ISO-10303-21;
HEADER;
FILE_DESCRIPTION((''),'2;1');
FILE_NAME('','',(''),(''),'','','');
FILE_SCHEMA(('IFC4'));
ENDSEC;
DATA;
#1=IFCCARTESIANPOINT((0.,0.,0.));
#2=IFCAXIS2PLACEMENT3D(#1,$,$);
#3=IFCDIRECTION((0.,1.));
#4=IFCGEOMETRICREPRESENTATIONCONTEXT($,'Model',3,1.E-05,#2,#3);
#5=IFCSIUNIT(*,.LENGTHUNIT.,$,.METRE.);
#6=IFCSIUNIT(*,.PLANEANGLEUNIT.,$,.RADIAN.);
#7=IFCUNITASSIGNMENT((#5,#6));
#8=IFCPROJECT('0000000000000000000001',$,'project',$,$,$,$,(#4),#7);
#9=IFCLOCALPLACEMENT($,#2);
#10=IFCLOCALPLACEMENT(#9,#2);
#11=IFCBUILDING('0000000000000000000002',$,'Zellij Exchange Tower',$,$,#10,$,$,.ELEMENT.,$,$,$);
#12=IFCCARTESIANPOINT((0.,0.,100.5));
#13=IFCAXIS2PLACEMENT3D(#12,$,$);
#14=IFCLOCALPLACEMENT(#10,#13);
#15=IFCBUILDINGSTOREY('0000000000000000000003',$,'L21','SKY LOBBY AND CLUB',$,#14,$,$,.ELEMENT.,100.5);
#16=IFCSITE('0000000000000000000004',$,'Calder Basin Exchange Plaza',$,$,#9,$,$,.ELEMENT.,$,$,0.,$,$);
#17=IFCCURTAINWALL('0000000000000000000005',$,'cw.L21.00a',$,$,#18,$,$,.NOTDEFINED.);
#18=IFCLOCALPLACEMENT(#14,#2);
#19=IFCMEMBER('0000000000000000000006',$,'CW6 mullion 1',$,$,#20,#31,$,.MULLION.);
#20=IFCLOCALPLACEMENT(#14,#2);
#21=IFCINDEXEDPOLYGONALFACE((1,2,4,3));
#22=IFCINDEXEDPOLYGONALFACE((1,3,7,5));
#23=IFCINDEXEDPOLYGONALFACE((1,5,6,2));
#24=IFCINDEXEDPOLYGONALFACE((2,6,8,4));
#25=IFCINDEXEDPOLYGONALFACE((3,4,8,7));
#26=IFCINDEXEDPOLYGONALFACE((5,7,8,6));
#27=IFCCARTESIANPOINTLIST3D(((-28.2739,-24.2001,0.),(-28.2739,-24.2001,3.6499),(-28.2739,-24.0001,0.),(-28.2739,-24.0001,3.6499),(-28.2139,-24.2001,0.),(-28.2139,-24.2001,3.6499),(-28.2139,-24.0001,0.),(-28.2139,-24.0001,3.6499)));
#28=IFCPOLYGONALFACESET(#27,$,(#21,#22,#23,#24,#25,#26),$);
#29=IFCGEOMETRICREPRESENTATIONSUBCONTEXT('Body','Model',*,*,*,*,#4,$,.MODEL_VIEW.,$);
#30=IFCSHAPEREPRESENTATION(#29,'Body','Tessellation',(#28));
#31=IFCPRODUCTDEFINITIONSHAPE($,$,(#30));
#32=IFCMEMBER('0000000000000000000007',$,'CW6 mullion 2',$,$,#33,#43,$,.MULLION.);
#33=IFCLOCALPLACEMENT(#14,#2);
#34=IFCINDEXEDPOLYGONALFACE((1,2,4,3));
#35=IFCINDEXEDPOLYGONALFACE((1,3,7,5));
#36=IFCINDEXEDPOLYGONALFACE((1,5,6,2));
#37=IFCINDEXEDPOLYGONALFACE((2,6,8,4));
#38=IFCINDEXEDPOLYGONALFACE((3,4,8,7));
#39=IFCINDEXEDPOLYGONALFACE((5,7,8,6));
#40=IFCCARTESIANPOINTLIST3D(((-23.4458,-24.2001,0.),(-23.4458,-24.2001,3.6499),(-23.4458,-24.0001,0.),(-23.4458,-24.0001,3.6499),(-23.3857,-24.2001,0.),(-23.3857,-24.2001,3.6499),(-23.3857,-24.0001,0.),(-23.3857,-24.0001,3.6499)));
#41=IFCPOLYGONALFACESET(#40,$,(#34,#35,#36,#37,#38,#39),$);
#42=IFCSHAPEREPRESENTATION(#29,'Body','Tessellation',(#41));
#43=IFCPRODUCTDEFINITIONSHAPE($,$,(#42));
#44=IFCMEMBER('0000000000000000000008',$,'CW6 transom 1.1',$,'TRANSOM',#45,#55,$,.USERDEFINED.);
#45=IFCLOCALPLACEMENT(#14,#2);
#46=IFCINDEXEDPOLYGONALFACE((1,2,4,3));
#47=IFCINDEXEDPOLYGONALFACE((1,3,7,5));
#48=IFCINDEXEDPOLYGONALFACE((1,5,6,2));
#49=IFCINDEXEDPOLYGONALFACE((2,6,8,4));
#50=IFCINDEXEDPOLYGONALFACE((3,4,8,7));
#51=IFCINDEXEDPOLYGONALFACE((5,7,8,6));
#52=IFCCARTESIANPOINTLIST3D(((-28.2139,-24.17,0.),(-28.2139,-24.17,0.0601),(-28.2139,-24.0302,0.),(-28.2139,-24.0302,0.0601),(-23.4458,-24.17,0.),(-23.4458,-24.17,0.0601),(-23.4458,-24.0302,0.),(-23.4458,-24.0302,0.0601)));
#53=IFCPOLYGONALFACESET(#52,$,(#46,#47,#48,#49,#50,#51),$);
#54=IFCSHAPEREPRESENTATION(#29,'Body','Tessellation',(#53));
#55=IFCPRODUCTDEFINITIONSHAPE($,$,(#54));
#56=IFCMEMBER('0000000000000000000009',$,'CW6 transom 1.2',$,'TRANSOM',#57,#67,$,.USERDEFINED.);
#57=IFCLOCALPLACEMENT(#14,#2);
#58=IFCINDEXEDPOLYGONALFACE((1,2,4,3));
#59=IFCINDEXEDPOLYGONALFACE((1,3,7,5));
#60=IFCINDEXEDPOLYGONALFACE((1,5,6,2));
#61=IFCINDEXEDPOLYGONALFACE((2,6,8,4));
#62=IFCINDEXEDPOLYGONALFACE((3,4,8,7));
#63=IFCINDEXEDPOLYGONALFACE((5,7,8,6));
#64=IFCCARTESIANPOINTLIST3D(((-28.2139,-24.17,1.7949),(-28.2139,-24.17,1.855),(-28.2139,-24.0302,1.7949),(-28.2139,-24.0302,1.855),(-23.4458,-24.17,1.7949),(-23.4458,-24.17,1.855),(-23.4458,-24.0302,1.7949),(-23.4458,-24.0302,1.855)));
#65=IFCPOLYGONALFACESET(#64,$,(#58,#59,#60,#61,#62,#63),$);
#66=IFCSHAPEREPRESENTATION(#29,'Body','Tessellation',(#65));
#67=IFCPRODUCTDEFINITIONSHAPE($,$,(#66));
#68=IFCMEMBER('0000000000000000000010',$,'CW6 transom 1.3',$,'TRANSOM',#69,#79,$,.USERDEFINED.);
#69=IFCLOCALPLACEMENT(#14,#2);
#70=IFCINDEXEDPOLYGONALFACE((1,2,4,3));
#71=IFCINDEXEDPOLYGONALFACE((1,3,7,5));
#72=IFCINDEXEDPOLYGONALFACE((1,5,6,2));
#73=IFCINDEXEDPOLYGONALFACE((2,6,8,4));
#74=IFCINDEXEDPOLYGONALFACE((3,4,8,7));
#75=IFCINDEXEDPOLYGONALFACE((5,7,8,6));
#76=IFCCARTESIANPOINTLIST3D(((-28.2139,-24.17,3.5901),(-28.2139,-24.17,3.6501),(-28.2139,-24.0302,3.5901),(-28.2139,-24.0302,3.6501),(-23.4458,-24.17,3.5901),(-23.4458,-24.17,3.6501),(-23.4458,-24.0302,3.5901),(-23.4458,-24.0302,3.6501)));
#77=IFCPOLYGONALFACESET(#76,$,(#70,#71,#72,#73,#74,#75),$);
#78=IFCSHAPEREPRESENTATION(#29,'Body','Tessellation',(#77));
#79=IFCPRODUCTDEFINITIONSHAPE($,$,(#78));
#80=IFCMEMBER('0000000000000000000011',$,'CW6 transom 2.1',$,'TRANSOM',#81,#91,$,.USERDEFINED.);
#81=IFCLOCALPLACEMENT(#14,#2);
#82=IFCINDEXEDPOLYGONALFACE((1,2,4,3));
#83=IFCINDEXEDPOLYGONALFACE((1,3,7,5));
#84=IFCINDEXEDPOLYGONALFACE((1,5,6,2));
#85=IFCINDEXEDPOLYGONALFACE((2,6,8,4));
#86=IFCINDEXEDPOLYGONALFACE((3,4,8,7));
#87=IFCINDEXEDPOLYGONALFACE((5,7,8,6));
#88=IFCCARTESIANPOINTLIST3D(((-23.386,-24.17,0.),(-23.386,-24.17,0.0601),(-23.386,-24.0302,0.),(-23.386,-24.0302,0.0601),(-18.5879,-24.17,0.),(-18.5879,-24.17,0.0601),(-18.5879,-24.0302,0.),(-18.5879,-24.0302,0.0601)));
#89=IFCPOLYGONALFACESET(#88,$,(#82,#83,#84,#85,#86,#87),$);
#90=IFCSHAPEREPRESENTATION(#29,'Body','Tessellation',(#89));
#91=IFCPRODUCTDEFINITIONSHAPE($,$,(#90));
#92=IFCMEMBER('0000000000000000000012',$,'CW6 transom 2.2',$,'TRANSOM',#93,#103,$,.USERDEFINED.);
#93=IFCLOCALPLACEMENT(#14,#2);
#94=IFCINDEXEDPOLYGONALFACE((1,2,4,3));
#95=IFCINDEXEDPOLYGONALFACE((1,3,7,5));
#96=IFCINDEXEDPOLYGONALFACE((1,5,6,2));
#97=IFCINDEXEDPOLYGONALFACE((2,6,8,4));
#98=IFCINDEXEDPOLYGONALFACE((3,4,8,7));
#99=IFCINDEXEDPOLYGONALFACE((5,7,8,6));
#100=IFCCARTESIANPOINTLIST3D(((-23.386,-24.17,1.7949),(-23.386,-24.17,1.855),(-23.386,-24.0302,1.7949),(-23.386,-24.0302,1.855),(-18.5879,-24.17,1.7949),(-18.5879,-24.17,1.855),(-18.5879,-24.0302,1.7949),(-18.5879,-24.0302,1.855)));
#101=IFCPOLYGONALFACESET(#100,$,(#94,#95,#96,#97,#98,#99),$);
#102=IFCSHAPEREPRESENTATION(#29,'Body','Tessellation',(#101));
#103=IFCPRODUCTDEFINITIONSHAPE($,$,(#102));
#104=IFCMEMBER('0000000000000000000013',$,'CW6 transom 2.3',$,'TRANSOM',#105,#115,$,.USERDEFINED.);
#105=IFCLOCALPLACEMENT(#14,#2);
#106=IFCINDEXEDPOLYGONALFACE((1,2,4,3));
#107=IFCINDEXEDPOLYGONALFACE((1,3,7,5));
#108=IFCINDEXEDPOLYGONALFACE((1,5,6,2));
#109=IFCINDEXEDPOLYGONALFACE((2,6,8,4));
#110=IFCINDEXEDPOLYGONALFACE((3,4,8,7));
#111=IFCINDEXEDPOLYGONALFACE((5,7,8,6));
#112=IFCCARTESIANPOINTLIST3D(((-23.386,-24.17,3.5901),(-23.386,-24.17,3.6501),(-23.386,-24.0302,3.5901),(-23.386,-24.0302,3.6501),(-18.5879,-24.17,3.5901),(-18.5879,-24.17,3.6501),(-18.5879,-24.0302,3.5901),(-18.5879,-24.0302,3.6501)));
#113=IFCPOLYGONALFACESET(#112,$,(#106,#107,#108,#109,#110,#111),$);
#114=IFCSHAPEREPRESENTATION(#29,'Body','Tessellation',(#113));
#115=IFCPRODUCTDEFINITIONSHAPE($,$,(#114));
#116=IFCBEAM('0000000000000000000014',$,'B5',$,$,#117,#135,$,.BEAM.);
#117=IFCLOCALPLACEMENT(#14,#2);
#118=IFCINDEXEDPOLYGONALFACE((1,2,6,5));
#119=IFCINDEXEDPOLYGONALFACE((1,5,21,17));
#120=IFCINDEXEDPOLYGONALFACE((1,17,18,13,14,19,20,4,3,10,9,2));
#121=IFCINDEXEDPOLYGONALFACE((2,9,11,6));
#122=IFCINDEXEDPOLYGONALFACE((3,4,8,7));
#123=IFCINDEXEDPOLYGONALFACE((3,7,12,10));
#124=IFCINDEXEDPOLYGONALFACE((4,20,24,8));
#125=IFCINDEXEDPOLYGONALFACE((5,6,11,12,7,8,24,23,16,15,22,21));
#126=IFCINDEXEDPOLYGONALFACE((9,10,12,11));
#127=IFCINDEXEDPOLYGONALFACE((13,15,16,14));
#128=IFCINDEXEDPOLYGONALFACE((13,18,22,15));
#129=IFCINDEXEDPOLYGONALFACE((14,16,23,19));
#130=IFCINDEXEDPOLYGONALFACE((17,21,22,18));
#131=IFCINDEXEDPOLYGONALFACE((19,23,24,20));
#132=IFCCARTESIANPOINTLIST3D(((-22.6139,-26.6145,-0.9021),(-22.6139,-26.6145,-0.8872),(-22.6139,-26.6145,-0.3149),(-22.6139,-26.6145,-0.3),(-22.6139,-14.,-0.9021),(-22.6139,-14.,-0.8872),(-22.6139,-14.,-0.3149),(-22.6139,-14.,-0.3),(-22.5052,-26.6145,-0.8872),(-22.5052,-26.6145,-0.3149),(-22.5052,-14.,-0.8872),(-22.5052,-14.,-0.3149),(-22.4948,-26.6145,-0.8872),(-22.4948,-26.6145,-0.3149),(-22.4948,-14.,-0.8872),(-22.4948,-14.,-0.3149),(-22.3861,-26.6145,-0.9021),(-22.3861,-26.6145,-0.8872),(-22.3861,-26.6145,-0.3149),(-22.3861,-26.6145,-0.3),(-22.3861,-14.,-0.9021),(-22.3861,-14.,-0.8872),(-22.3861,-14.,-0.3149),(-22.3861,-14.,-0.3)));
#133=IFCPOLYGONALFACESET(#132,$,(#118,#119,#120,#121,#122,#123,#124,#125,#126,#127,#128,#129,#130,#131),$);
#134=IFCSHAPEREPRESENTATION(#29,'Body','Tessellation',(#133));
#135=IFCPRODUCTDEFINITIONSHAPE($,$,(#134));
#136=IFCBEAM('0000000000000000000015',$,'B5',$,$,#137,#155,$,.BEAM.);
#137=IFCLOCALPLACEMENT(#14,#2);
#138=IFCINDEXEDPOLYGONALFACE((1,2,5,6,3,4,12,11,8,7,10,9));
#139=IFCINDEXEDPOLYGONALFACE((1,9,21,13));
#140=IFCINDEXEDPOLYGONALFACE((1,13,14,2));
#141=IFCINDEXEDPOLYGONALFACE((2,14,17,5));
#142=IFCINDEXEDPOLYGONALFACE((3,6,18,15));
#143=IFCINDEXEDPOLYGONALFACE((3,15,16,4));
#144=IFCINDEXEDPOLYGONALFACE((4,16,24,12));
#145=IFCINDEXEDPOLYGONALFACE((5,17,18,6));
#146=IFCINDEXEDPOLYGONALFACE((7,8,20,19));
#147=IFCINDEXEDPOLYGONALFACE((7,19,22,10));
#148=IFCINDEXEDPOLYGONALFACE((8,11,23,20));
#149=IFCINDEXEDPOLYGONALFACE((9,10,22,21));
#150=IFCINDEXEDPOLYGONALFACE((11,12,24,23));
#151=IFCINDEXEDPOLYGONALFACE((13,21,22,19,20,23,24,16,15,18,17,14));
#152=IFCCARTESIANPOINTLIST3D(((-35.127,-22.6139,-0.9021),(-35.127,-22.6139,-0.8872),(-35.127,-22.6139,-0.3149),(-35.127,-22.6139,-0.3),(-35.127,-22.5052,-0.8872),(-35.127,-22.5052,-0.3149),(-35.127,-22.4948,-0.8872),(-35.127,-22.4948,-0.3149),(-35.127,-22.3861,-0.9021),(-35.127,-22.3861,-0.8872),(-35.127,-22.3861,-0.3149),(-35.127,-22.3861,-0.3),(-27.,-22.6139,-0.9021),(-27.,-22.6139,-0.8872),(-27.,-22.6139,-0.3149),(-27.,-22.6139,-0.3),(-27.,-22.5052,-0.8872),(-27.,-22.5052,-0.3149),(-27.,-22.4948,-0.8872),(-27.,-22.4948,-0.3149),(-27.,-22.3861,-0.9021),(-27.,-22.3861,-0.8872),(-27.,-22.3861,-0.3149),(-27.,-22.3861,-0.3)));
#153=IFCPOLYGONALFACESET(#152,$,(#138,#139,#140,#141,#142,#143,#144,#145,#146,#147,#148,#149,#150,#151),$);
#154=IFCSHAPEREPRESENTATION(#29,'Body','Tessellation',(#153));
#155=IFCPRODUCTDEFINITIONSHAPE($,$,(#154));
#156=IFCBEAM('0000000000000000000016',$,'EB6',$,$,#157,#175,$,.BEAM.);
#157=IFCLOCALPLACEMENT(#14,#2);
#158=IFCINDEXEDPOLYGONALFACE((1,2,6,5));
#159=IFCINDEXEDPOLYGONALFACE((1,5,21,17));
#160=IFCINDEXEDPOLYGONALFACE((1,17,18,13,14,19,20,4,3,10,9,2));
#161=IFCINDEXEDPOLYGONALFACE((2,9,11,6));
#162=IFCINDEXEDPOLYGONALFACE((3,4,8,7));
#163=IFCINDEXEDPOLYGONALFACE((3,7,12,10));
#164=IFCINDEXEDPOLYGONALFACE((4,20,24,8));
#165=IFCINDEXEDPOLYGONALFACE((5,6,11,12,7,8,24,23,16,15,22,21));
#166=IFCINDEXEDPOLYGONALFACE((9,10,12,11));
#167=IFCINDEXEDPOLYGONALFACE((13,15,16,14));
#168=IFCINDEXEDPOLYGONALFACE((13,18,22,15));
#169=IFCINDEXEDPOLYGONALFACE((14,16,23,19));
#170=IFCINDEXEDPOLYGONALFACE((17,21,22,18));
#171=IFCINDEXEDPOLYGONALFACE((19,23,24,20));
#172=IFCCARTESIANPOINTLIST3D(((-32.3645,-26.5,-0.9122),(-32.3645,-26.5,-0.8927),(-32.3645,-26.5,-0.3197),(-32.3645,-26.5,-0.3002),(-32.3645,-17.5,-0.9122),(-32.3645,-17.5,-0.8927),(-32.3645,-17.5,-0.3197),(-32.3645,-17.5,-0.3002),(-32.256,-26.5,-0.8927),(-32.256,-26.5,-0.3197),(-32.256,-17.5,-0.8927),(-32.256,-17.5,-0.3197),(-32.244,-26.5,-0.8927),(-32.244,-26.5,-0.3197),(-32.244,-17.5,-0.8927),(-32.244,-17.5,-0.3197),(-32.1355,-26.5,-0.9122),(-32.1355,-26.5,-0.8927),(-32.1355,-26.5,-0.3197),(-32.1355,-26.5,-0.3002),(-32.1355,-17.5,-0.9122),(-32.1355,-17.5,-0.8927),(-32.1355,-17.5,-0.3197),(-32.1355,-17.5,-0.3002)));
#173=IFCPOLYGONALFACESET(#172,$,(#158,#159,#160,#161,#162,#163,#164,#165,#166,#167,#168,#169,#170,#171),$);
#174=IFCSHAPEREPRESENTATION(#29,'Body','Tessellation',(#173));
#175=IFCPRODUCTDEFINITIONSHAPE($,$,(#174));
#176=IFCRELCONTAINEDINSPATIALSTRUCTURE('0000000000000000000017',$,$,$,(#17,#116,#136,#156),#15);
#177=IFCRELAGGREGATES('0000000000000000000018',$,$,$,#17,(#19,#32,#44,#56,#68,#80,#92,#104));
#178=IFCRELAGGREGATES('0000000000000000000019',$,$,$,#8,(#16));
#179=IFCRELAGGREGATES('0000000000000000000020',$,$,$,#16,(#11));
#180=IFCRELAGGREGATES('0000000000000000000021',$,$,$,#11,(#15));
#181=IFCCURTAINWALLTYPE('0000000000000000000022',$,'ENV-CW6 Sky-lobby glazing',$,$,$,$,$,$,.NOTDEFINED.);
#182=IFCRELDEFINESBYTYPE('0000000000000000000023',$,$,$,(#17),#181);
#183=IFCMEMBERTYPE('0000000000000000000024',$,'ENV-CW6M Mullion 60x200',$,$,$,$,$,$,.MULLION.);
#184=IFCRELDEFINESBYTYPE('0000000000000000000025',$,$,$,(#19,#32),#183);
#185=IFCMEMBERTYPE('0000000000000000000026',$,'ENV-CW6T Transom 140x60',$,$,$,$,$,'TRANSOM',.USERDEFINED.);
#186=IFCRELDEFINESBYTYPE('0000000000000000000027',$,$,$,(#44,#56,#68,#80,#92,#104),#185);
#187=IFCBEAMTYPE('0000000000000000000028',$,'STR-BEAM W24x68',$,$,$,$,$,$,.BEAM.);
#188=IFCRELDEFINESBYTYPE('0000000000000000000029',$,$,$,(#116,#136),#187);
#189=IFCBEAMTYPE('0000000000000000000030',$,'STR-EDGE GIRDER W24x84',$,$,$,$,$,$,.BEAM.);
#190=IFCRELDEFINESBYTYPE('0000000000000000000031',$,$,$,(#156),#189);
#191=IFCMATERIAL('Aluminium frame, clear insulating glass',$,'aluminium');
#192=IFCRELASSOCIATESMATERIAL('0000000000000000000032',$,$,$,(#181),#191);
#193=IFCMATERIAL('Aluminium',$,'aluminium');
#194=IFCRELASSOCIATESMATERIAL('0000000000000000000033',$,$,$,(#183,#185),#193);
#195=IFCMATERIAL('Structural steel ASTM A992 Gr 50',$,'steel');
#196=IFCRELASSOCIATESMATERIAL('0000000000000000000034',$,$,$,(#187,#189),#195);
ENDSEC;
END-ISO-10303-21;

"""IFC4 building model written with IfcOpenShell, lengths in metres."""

from ifc_helpers import new_model, si_unit, direction, frame, origin, origin_2d, place, context, subcontext, project, spatial, rectangle, i_section, extrude, material, material_profile, profile_set, type_object, element, aggregate, save


model = new_model("IFC4")

# Units and contexts
model_context = context("Model", 3, precision=1e-05, world=origin(), true_north=direction((0.0, 1.0)))
body_context = subcontext(model_context, "Body", "Model", "MODEL_VIEW")
ifc_project = project(units=[si_unit("LENGTHUNIT", "METRE"), si_unit("PLANEANGLEUNIT", "RADIAN")], contexts=[model_context])

# Site, building, storey
site_placement = place(None, origin())
site = spatial("IfcSite", under=ifc_project, at=site_placement, Name="Calder Basin Exchange Plaza", CompositionType="ELEMENT", RefElevation=0.0)
building_placement = place(site_placement, origin())
building = spatial("IfcBuilding", under=site, at=building_placement, Name="Zellij Exchange Tower", CompositionType="ELEMENT")
storey_placement = place(building_placement, frame((0.0, 0.0, 100.5)))
storey = spatial("IfcBuildingStorey", under=building, at=storey_placement, Name="L21", Description="SKY LOBBY AND CLUB", CompositionType="ELEMENT", Elevation=100.5)

# Curtain wall, members
ifc_material_1 = material(Name="Aluminium frame, clear insulating glass", Category="aluminium")
curtain_wall_type = type_object("IfcCurtainWallType", Name="ENV-CW6 Sky-lobby glazing", PredefinedType="NOTDEFINED", material=ifc_material_1)
curtain_wall_placement = place(storey_placement, origin())
curtain_wall = element("IfcCurtainWall", 1, at=curtain_wall_placement, inside=storey, type_object=curtain_wall_type, Name="cw.L21.00a", PredefinedType="NOTDEFINED")
ifc_material_2 = material(Name="Aluminium", Category="aluminium")
ifc_material_profile_1 = material_profile(ifc_material_2, rectangle(XDim=0.0601, YDim=0.2, at=origin_2d()), Name="AL 60x200")
ifc_profile_set_1 = profile_set([ifc_material_profile_1], Name="Aluminium")
member_type_1 = type_object("IfcMemberType", Name="ENV-CW6M Mullion 60x200", PredefinedType="MULLION", material=ifc_profile_set_1)
member_1_placement = place(storey_placement, frame((-28.2439, -24.1001, 0.0), z_axis=(0.0, 0.0, 1.0), x_axis=(1.0, 0.0, 0.0)))
member_1 = element("IfcMember", 2, at=member_1_placement, type_object=member_type_1, Name="CW6 mullion 1", PredefinedType="MULLION", context=body_context, shape_type="SweptSolid", body=[
    extrude(rectangle(XDim=0.0601, YDim=0.2, at=origin_2d()), origin(), (0.0, 0.0, 1.0), 3.6499),
])
member_2_placement = place(storey_placement, frame((-23.4158, -24.1001, 0.0), z_axis=(0.0, 0.0, 1.0), x_axis=(1.0, 0.0, 0.0)))
member_2 = element("IfcMember", 3, at=member_2_placement, type_object=member_type_1, Name="CW6 mullion 2", PredefinedType="MULLION", context=body_context, shape_type="SweptSolid", body=[
    extrude(rectangle(XDim=0.0601, YDim=0.2, at=origin_2d()), origin(), (0.0, 0.0, 1.0), 3.6499),
])
ifc_material_profile_2 = material_profile(ifc_material_2, rectangle(XDim=0.1399, YDim=0.0601, at=origin_2d()), Name="AL 140x60")
ifc_profile_set_2 = profile_set([ifc_material_profile_2], Name="Aluminium")
member_type_2 = type_object("IfcMemberType", Name="ENV-CW6T Transom 140x60", ElementType="TRANSOM", PredefinedType="USERDEFINED", material=ifc_profile_set_2)
member_3_placement = place(storey_placement, frame((-28.2139, -24.1001, 0.03), z_axis=(1.0, 0.0, 0.0), x_axis=(0.0, 1.0, 0.0)))
member_3 = element("IfcMember", 4, at=member_3_placement, type_object=member_type_2, Name="CW6 transom 1.1", ObjectType="TRANSOM", PredefinedType="USERDEFINED", context=body_context, shape_type="SweptSolid", body=[
    extrude(rectangle(XDim=0.1399, YDim=0.0601, at=origin_2d()), origin(), (0.0, 0.0, 1.0), 4.7681),
])
member_4_placement = place(storey_placement, frame((-28.2139, -24.1001, 1.825), z_axis=(1.0, 0.0, 0.0), x_axis=(0.0, 1.0, 0.0)))
member_4 = element("IfcMember", 5, at=member_4_placement, type_object=member_type_2, Name="CW6 transom 1.2", ObjectType="TRANSOM", PredefinedType="USERDEFINED", context=body_context, shape_type="SweptSolid", body=[
    extrude(rectangle(XDim=0.1399, YDim=0.0601, at=origin_2d()), origin(), (0.0, 0.0, 1.0), 4.7681),
])
member_5_placement = place(storey_placement, frame((-28.2139, -24.1001, 3.6201), z_axis=(1.0, 0.0, 0.0), x_axis=(0.0, 1.0, 0.0)))
member_5 = element("IfcMember", 6, at=member_5_placement, type_object=member_type_2, Name="CW6 transom 1.3", ObjectType="TRANSOM", PredefinedType="USERDEFINED", context=body_context, shape_type="SweptSolid", body=[
    extrude(rectangle(XDim=0.1399, YDim=0.0601, at=origin_2d()), origin(), (0.0, 0.0, 1.0), 4.7681),
])
member_6_placement = place(storey_placement, frame((-23.386, -24.1001, 0.03), z_axis=(1.0, 0.0, 0.0), x_axis=(0.0, 1.0, 0.0)))
member_6 = element("IfcMember", 7, at=member_6_placement, type_object=member_type_2, Name="CW6 transom 2.1", ObjectType="TRANSOM", PredefinedType="USERDEFINED", context=body_context, shape_type="SweptSolid", body=[
    extrude(rectangle(XDim=0.1399, YDim=0.0601, at=origin_2d()), origin(), (0.0, 0.0, 1.0), 4.7981),
])
member_7_placement = place(storey_placement, frame((-23.386, -24.1001, 1.825), z_axis=(1.0, 0.0, 0.0), x_axis=(0.0, 1.0, 0.0)))
member_7 = element("IfcMember", 8, at=member_7_placement, type_object=member_type_2, Name="CW6 transom 2.2", ObjectType="TRANSOM", PredefinedType="USERDEFINED", context=body_context, shape_type="SweptSolid", body=[
    extrude(rectangle(XDim=0.1399, YDim=0.0601, at=origin_2d()), origin(), (0.0, 0.0, 1.0), 4.7981),
])
member_8_placement = place(storey_placement, frame((-23.386, -24.1001, 3.6201), z_axis=(1.0, 0.0, 0.0), x_axis=(0.0, 1.0, 0.0)))
member_8 = element("IfcMember", 9, at=member_8_placement, type_object=member_type_2, Name="CW6 transom 2.3", ObjectType="TRANSOM", PredefinedType="USERDEFINED", context=body_context, shape_type="SweptSolid", body=[
    extrude(rectangle(XDim=0.1399, YDim=0.0601, at=origin_2d()), origin(), (0.0, 0.0, 1.0), 4.7981),
])

# Beams
ifc_material_3 = material(Name="Structural steel ASTM A992 Gr 50", Category="steel")
ifc_material_profile_3 = material_profile(ifc_material_3, i_section(OverallWidth=0.2278, OverallDepth=0.6021, WebThickness=0.0105, FlangeThickness=0.0149, at=origin_2d()), Name="W24x68")
ifc_profile_set_3 = profile_set([ifc_material_profile_3], Name="Structural steel ASTM A992 Gr 50")
beam_type_1 = type_object("IfcBeamType", Name="STR-BEAM W24x68", PredefinedType="BEAM", material=ifc_profile_set_3)
beam_1_placement = place(storey_placement, frame((-22.5, -26.6145, -0.6011), z_axis=(0.0, 1.0, 0.0), x_axis=(-1.0, 0.0, 0.0)))
element("IfcBeam", 10, at=beam_1_placement, inside=storey, type_object=beam_type_1, Name="B5", PredefinedType="BEAM", context=body_context, shape_type="SweptSolid", body=[
    extrude(i_section(OverallWidth=0.2278, OverallDepth=0.6021, WebThickness=0.0105, FlangeThickness=0.0149, at=origin_2d()), origin(), (0.0, 0.0, 1.0), 12.6145),
])
beam_2_placement = place(storey_placement, frame((-35.127, -22.5, -0.6011), z_axis=(1.0, 0.0, 0.0), x_axis=(0.0, 1.0, 0.0)))
element("IfcBeam", 11, at=beam_2_placement, inside=storey, type_object=beam_type_1, Name="B5", PredefinedType="BEAM", context=body_context, shape_type="SweptSolid", body=[
    extrude(i_section(OverallWidth=0.2278, OverallDepth=0.6021, WebThickness=0.0105, FlangeThickness=0.0149, at=origin_2d()), origin(), (0.0, 0.0, 1.0), 8.127),
])
ifc_material_profile_4 = material_profile(ifc_material_3, i_section(OverallWidth=0.229, OverallDepth=0.6121, WebThickness=0.012, FlangeThickness=0.0195, at=origin_2d()), Name="W24x84")
ifc_profile_set_4 = profile_set([ifc_material_profile_4], Name="Structural steel ASTM A992 Gr 50")
beam_type_2 = type_object("IfcBeamType", Name="STR-EDGE GIRDER W24x84", PredefinedType="BEAM", material=ifc_profile_set_4)
beam_3_placement = place(storey_placement, frame((-32.25, -26.5, -0.6062), z_axis=(0.0, 1.0, 0.0), x_axis=(-1.0, 0.0, 0.0)))
element("IfcBeam", 12, at=beam_3_placement, inside=storey, type_object=beam_type_2, Name="EB6", PredefinedType="BEAM", context=body_context, shape_type="SweptSolid", body=[
    extrude(i_section(OverallWidth=0.229, OverallDepth=0.6121, WebThickness=0.012, FlangeThickness=0.0195, at=origin_2d()), origin(), (0.0, 0.0, 1.0), 9.0),
])

aggregate(curtain_wall, [member_1, member_2, member_3, member_4, member_5, member_6, member_7, member_8])

save(model, "model.ifc")
